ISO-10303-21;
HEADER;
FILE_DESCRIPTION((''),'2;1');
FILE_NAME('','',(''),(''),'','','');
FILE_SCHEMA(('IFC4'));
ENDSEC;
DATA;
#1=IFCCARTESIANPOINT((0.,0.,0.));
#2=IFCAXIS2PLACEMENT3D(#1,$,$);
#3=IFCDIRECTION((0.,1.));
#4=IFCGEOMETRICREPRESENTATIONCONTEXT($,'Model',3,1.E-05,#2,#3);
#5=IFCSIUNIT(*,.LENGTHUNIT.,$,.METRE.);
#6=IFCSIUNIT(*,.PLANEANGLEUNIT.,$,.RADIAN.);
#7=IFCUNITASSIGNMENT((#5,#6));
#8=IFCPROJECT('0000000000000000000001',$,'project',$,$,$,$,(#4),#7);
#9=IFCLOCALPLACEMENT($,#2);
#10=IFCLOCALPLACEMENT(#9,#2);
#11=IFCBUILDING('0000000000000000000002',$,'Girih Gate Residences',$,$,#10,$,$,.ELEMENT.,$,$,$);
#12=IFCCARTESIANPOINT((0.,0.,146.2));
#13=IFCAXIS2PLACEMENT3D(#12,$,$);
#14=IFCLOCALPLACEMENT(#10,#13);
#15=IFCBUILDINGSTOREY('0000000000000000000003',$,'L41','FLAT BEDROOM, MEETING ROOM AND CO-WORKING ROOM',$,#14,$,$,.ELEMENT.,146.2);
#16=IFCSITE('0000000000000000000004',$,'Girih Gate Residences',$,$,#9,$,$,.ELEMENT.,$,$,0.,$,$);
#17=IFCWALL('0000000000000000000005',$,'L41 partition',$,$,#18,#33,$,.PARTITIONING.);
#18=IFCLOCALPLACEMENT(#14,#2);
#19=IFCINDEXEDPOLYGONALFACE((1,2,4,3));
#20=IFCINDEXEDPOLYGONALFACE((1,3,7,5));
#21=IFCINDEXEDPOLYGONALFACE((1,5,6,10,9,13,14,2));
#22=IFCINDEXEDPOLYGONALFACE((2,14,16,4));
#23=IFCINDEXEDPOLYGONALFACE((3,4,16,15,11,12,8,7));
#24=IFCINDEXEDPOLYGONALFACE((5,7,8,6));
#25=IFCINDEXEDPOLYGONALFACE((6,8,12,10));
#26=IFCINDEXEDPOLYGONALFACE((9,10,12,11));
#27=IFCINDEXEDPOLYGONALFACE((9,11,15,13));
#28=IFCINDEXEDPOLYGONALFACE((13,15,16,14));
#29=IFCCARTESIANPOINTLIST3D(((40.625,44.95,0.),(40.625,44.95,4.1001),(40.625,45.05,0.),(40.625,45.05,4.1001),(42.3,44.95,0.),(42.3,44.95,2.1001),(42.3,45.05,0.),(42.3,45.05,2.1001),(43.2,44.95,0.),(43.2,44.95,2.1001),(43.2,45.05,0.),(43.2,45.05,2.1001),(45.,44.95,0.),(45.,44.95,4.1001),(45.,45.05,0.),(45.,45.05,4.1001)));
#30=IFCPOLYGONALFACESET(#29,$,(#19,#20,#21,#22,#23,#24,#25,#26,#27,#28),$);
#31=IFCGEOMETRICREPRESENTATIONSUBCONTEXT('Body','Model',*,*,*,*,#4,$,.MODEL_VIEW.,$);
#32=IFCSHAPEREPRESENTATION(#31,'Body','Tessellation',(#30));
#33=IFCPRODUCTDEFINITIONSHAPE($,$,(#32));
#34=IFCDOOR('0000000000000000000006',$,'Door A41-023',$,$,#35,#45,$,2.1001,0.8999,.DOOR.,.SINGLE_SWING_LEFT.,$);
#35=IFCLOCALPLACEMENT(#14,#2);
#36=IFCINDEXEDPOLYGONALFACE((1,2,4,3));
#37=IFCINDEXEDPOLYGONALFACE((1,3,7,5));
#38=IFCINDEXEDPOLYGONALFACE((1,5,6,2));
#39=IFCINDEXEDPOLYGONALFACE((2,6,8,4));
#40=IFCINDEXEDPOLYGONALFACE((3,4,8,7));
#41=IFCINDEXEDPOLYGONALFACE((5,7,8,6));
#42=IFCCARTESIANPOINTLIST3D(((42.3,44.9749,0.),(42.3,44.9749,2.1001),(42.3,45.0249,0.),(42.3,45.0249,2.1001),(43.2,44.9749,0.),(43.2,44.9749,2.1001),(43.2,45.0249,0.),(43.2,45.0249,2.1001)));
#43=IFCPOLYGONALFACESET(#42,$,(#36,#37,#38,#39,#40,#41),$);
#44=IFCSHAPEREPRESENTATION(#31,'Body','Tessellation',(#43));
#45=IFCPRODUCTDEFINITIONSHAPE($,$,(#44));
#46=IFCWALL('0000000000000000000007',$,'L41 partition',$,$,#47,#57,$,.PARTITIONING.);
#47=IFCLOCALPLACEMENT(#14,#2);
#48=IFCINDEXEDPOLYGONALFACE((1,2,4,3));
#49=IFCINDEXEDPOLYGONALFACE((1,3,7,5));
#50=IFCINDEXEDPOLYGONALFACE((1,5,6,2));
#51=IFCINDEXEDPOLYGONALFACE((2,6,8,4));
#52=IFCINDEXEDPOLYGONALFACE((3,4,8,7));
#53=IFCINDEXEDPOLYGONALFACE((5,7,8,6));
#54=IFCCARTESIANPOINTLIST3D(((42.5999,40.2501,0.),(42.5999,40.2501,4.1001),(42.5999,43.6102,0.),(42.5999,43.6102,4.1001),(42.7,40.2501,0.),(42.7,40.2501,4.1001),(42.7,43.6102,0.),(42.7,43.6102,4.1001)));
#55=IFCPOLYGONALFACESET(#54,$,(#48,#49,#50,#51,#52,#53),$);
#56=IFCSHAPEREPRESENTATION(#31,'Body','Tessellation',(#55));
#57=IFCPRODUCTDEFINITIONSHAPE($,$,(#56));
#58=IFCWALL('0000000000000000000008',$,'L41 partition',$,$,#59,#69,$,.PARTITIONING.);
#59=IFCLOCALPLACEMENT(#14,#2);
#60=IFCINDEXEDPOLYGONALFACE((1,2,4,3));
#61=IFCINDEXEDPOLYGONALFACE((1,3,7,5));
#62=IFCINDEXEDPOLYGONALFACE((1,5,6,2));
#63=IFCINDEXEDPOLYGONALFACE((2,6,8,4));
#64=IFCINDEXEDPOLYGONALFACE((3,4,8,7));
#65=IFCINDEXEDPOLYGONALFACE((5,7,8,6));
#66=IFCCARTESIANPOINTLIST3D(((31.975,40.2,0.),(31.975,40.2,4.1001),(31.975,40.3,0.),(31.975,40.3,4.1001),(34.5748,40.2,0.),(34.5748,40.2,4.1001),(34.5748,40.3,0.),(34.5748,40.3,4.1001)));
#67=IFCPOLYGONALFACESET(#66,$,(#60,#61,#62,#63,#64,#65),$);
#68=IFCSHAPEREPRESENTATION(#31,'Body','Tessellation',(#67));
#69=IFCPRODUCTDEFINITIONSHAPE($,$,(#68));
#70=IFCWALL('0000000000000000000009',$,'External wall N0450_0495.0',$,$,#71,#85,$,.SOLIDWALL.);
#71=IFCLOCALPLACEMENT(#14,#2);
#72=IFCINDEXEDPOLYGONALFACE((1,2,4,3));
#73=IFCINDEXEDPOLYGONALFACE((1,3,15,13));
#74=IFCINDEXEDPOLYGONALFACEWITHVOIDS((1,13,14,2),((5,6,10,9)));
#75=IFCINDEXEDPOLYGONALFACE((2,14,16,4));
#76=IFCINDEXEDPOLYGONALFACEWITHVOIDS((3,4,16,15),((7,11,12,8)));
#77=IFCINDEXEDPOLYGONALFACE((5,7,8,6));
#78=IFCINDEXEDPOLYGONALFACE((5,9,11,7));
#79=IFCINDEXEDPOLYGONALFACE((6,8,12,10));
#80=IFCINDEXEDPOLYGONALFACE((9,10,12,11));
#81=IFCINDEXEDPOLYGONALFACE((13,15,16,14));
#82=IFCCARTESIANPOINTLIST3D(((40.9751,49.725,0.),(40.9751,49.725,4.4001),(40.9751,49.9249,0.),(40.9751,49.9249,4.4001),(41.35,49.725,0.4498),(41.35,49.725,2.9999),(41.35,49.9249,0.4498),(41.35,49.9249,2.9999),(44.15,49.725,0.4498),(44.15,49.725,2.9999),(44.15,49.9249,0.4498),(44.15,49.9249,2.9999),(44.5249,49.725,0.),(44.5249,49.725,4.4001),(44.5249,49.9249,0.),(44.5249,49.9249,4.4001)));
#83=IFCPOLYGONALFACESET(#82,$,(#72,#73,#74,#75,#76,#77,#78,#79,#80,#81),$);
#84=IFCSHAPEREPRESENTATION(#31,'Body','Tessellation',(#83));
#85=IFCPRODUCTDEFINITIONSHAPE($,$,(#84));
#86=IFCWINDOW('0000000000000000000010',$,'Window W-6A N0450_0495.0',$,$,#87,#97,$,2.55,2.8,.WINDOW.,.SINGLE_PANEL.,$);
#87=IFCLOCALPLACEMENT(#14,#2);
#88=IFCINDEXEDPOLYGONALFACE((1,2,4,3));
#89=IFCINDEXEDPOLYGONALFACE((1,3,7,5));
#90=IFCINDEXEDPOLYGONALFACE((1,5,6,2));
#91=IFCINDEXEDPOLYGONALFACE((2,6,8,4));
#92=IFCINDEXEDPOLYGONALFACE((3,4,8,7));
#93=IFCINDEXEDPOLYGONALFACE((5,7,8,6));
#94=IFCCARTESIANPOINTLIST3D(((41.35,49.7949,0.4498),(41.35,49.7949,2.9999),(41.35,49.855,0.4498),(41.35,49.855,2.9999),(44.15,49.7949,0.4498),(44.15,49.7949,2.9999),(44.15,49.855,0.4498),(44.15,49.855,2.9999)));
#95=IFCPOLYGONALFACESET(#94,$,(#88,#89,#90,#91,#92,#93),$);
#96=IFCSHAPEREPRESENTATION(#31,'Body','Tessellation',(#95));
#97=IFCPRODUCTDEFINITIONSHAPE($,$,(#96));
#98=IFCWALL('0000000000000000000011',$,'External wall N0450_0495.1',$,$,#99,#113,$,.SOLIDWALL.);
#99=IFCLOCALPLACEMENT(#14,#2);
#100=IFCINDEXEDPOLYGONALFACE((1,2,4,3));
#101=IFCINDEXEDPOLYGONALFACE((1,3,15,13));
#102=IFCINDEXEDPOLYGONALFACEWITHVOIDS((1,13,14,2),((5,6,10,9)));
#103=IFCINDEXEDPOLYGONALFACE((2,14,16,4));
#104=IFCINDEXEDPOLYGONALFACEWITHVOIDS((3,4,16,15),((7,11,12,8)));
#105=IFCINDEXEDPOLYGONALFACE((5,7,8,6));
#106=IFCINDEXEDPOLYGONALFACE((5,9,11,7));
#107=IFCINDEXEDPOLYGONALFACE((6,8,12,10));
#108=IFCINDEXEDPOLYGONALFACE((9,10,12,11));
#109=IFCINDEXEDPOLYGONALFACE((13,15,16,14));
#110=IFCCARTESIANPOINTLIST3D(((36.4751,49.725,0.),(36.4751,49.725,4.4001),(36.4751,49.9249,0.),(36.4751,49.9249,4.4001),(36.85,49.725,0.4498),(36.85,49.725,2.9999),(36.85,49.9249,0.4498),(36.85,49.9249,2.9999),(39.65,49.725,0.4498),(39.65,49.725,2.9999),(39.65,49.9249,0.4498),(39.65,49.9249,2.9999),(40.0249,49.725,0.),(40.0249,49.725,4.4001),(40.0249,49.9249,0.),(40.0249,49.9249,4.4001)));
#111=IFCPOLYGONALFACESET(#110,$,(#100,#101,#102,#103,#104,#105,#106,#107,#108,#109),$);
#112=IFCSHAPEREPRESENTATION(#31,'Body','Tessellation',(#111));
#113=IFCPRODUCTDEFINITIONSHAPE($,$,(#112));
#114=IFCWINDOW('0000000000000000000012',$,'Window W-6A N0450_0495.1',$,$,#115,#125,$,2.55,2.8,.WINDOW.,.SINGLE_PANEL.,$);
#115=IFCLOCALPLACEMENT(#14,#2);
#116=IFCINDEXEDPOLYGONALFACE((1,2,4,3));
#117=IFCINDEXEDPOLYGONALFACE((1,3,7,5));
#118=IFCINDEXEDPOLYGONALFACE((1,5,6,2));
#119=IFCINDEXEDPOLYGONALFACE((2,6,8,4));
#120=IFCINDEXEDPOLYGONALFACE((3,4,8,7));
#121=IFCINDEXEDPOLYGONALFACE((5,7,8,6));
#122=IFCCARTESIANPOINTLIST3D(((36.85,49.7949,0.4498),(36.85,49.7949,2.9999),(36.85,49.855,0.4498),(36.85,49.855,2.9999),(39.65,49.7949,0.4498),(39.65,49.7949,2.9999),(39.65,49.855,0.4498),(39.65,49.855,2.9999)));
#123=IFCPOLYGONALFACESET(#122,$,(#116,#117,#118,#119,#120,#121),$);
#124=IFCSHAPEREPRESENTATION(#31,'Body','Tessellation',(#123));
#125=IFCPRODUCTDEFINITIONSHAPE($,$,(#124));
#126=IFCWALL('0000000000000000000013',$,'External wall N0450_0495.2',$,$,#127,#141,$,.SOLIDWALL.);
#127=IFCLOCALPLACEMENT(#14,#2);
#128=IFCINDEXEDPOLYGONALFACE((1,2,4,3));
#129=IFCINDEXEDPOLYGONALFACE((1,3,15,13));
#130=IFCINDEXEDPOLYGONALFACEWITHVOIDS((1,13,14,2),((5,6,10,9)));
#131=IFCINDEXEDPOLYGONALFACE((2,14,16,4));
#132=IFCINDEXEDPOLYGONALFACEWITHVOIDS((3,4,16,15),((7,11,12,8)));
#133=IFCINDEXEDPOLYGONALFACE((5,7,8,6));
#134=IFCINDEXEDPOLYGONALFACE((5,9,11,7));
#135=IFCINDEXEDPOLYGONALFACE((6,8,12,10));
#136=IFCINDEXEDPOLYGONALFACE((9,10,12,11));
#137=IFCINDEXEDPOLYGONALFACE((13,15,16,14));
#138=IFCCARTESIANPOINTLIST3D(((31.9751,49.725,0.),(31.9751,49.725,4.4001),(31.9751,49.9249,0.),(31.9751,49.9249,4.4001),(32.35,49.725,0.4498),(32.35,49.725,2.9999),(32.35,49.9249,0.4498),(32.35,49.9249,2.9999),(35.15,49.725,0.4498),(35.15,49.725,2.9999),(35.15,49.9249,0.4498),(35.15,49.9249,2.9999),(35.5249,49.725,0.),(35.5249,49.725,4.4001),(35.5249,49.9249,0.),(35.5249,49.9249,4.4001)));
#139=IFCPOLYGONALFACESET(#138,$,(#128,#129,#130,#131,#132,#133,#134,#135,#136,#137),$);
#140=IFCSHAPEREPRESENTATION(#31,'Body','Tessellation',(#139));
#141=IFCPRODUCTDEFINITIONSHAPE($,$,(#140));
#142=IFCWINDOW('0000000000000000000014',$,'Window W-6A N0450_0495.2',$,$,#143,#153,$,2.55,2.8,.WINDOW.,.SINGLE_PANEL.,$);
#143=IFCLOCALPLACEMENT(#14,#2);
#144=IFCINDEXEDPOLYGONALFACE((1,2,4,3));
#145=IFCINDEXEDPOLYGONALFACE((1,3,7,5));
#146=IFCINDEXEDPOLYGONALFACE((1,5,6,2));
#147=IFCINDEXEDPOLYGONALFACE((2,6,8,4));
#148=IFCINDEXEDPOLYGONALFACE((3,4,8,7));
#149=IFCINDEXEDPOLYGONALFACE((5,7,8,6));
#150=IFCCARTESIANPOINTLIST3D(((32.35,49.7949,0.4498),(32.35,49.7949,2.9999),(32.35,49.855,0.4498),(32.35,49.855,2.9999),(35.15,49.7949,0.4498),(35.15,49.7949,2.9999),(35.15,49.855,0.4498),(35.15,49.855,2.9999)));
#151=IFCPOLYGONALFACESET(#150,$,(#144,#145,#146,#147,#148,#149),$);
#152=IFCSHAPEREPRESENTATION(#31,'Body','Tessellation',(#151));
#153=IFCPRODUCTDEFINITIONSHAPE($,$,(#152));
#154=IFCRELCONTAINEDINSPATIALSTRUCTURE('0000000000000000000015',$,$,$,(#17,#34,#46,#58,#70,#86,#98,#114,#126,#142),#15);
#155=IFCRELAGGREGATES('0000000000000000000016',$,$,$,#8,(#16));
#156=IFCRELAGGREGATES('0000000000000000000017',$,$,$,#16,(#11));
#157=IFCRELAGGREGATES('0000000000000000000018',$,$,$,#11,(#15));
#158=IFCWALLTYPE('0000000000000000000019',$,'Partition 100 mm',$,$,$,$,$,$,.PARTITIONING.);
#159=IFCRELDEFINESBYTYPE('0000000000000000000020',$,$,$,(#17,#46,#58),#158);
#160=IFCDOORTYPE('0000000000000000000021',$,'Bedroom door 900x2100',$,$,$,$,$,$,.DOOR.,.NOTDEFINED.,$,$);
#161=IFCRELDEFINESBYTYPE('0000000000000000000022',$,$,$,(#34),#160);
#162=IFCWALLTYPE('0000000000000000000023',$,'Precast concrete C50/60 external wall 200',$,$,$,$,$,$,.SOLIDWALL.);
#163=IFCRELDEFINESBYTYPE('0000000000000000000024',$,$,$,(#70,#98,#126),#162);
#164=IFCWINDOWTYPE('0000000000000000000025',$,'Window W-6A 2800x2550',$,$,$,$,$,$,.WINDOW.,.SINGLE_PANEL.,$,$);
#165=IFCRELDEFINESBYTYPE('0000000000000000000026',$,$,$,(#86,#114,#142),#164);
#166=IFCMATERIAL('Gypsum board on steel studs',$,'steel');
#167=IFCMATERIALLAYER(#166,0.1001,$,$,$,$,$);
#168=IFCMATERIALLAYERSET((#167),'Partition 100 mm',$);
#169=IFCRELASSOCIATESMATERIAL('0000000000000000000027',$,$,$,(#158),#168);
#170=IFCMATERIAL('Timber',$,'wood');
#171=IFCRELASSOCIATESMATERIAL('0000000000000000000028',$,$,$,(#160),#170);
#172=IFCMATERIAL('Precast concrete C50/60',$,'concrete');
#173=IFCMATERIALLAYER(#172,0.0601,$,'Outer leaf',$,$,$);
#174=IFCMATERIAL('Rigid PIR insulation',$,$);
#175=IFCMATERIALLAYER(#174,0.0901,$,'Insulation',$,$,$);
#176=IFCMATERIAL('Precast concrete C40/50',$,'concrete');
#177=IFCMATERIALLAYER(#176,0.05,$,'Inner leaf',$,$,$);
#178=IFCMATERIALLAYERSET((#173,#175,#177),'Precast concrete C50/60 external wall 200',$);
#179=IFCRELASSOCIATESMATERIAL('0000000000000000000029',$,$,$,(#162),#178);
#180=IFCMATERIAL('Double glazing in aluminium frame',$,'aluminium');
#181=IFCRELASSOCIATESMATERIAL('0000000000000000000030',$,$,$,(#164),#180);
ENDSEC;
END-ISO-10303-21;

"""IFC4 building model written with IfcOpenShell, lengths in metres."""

from ifc_helpers import new_model, si_unit, direction, frame, frame_2d, origin, place, context, subcontext, project, spatial, rectangle, extrude, material, layer, layer_set, type_object, element, fill, save


model = new_model("IFC4")

# Units and contexts
model_context = context("Model", 3, precision=1e-05, world=origin(), true_north=direction((0.0, 1.0)))
body_context = subcontext(model_context, "Body", "Model", "MODEL_VIEW")
ifc_project = project(units=[si_unit("LENGTHUNIT", "METRE"), si_unit("PLANEANGLEUNIT", "RADIAN")], contexts=[model_context])

# Site, building, storey
site_placement = place(None, origin())
site = spatial("IfcSite", under=ifc_project, at=site_placement, Name="Girih Gate Residences", CompositionType="ELEMENT", RefElevation=0.0)
building_placement = place(site_placement, origin())
building = spatial("IfcBuilding", under=site, at=building_placement, Name="Girih Gate Residences", CompositionType="ELEMENT")
storey_placement = place(building_placement, frame((0.0, 0.0, 146.2)))
storey = spatial("IfcBuildingStorey", under=building, at=storey_placement, Name="L41", Description="FLAT BEDROOM, MEETING ROOM AND CO-WORKING ROOM", CompositionType="ELEMENT", Elevation=146.2)

# Shared definitions
ifc_material_1 = material(Name="Gypsum board on steel studs", Category="steel")

# Wall, opening, door
ifc_layer_1 = layer(ifc_material_1, 0.1001)
ifc_layer_set_1 = layer_set([ifc_layer_1], Name="Partition 100 mm")
wall_type_1 = type_object("IfcWallType", Name="Partition 100 mm", PredefinedType="PARTITIONING", material=ifc_layer_set_1)
wall_1_placement = place(storey_placement, frame((40.625, 45.0, 0.0), z_axis=(0.0, 0.0, 1.0), x_axis=(1.0, 0.0, 0.0)))
wall_1 = element("IfcWall", 1, at=wall_1_placement, inside=storey, type_object=wall_type_1, Name="L41 partition", PredefinedType="PARTITIONING", context=body_context, shape_type="SweptSolid", body=[
    extrude(rectangle(XDim=4.375, YDim=0.1001, at=frame_2d((2.1875, 0.0))), origin(), (0.0, 0.0, 1.0), 4.1001),
])
opening_1_placement = place(wall_1_placement, frame((1.675, 0.0, 0.0)))
opening_1 = element("IfcOpeningElement", 2, at=opening_1_placement, cuts=wall_1, PredefinedType="OPENING", context=body_context, shape_type="SweptSolid", body=[
    extrude(rectangle(XDim=0.8999, YDim=2.1001, at=frame_2d((0.45, 1.05))), frame((0.0, 0.0601, 0.0), z_axis=(0.0, -1.0, 0.0), x_axis=(1.0, 0.0, 0.0)), (0.0, 0.0, 1.0), 0.1201),
])
ifc_material_2 = material(Name="Timber", Category="wood")
door_type_1 = type_object("IfcDoorType", Name="Bedroom door 900x2100", OperationType="NOTDEFINED", PredefinedType="DOOR", material=ifc_material_2)
door_1_placement = place(opening_1_placement, origin())
door_1 = element("IfcDoor", 3, at=door_1_placement, inside=storey, type_object=door_type_1, Name="Door A41-023", OperationType="SINGLE_SWING_LEFT", OverallHeight=2.1001, OverallWidth=0.8999, PredefinedType="DOOR", context=body_context, shape_type="SweptSolid", body=[
    extrude(rectangle(XDim=0.8999, YDim=2.1001, at=frame_2d((0.45, 1.05))), frame((0.0, 0.0249, 0.0), z_axis=(0.0, -1.0, 0.0), x_axis=(1.0, 0.0, 0.0)), (0.0, 0.0, 1.0), 0.05),
])
fill(opening_1, door_1)

# Walls
wall_2_placement = place(storey_placement, frame((42.6499, 40.25, 0.0), z_axis=(0.0, 0.0, 1.0), x_axis=(0.0, 1.0, 0.0)))
element("IfcWall", 4, at=wall_2_placement, inside=storey, type_object=wall_type_1, Name="L41 partition", PredefinedType="PARTITIONING", context=body_context, shape_type="SweptSolid", body=[
    extrude(rectangle(XDim=3.3601, YDim=0.1001, at=frame_2d((1.6802, 0.0))), origin(), (0.0, 0.0, 1.0), 4.1001),
])
wall_3_placement = place(storey_placement, frame((31.9751, 40.25, 0.0), z_axis=(0.0, 0.0, 1.0), x_axis=(1.0, 0.0, 0.0)))
element("IfcWall", 5, at=wall_3_placement, inside=storey, type_object=wall_type_1, Name="L41 partition", PredefinedType="PARTITIONING", context=body_context, shape_type="SweptSolid", body=[
    extrude(rectangle(XDim=2.5999, YDim=0.1001, at=frame_2d((1.2998, 0.0))), origin(), (0.0, 0.0, 1.0), 4.1001),
])

# Walls, openings, windows
ifc_material_3 = material(Name="Precast concrete C50/60", Category="concrete")
ifc_layer_2 = layer(ifc_material_3, 0.0601, Name="Outer leaf")
ifc_material_4 = material(Name="Rigid PIR insulation")
ifc_layer_3 = layer(ifc_material_4, 0.0901, Name="Insulation")
ifc_material_5 = material(Name="Precast concrete C40/50", Category="concrete")
ifc_layer_4 = layer(ifc_material_5, 0.05, Name="Inner leaf")
ifc_layer_set_2 = layer_set([ifc_layer_2, ifc_layer_3, ifc_layer_4], Name="Precast concrete C50/60 external wall 200")
wall_type_2 = type_object("IfcWallType", Name="Precast concrete C50/60 external wall 200", PredefinedType="SOLIDWALL", material=ifc_layer_set_2)
wall_4_placement = place(storey_placement, frame((40.9751, 49.825, 0.0), z_axis=(0.0, 0.0, 1.0), x_axis=(1.0, 0.0, 0.0)))
wall_4 = element("IfcWall", 6, at=wall_4_placement, inside=storey, type_object=wall_type_2, Name="External wall N0450_0495.0", PredefinedType="SOLIDWALL", context=body_context, shape_type="SweptSolid", body=[
    extrude(rectangle(XDim=3.5498, YDim=0.2, at=frame_2d((1.7749, 0.0))), origin(), (0.0, 0.0, 1.0), 4.4001),
])
opening_2_placement = place(wall_4_placement, frame((0.375, 0.0, 0.45)))
opening_2 = element("IfcOpeningElement", 7, at=opening_2_placement, cuts=wall_4, PredefinedType="OPENING", context=body_context, shape_type="SweptSolid", body=[
    extrude(rectangle(XDim=2.8, YDim=2.55, at=frame_2d((1.3999, 1.2749))), frame((0.0, 0.1099, 0.0), z_axis=(0.0, -1.0, 0.0), x_axis=(1.0, 0.0, 0.0)), (0.0, 0.0, 1.0), 0.22),
])
ifc_material_6 = material(Name="Double glazing in aluminium frame", Category="aluminium")
window_type = type_object("IfcWindowType", Name="Window W-6A 2800x2550", PartitioningType="SINGLE_PANEL", PredefinedType="WINDOW", material=ifc_material_6)
window_1_placement = place(opening_2_placement, origin())
window_1 = element("IfcWindow", 8, at=window_1_placement, inside=storey, type_object=window_type, Name="Window W-6A N0450_0495.0", OverallHeight=2.55, OverallWidth=2.8, PartitioningType="SINGLE_PANEL", PredefinedType="WINDOW", context=body_context, shape_type="SweptSolid", body=[
    extrude(rectangle(XDim=2.8, YDim=2.55, at=frame_2d((1.3999, 1.2749))), frame((0.0, 0.03, 0.0), z_axis=(0.0, -1.0, 0.0), x_axis=(1.0, 0.0, 0.0)), (0.0, 0.0, 1.0), 0.0601),
])
fill(opening_2, window_1)
wall_5_placement = place(storey_placement, frame((36.4751, 49.825, 0.0), z_axis=(0.0, 0.0, 1.0), x_axis=(1.0, 0.0, 0.0)))
wall_5 = element("IfcWall", 9, at=wall_5_placement, inside=storey, type_object=wall_type_2, Name="External wall N0450_0495.1", PredefinedType="SOLIDWALL", context=body_context, shape_type="SweptSolid", body=[
    extrude(rectangle(XDim=3.5498, YDim=0.2, at=frame_2d((1.7749, 0.0))), origin(), (0.0, 0.0, 1.0), 4.4001),
])
opening_3_placement = place(wall_5_placement, frame((0.375, 0.0, 0.45)))
opening_3 = element("IfcOpeningElement", 10, at=opening_3_placement, cuts=wall_5, PredefinedType="OPENING", context=body_context, shape_type="SweptSolid", body=[
    extrude(rectangle(XDim=2.8, YDim=2.55, at=frame_2d((1.3999, 1.2749))), frame((0.0, 0.1099, 0.0), z_axis=(0.0, -1.0, 0.0), x_axis=(1.0, 0.0, 0.0)), (0.0, 0.0, 1.0), 0.22),
])
window_2_placement = place(opening_3_placement, origin())
window_2 = element("IfcWindow", 11, at=window_2_placement, inside=storey, type_object=window_type, Name="Window W-6A N0450_0495.1", OverallHeight=2.55, OverallWidth=2.8, PartitioningType="SINGLE_PANEL", PredefinedType="WINDOW", context=body_context, shape_type="SweptSolid", body=[
    extrude(rectangle(XDim=2.8, YDim=2.55, at=frame_2d((1.3999, 1.2749))), frame((0.0, 0.03, 0.0), z_axis=(0.0, -1.0, 0.0), x_axis=(1.0, 0.0, 0.0)), (0.0, 0.0, 1.0), 0.0601),
])
fill(opening_3, window_2)
wall_6_placement = place(storey_placement, frame((31.9751, 49.825, 0.0), z_axis=(0.0, 0.0, 1.0), x_axis=(1.0, 0.0, 0.0)))
wall_6 = element("IfcWall", 12, at=wall_6_placement, inside=storey, type_object=wall_type_2, Name="External wall N0450_0495.2", PredefinedType="SOLIDWALL", context=body_context, shape_type="SweptSolid", body=[
    extrude(rectangle(XDim=3.5498, YDim=0.2, at=frame_2d((1.7749, 0.0))), origin(), (0.0, 0.0, 1.0), 4.4001),
])
opening_4_placement = place(wall_6_placement, frame((0.375, 0.0, 0.45)))
opening_4 = element("IfcOpeningElement", 13, at=opening_4_placement, cuts=wall_6, PredefinedType="OPENING", context=body_context, shape_type="SweptSolid", body=[
    extrude(rectangle(XDim=2.8, YDim=2.55, at=frame_2d((1.3999, 1.2749))), frame((0.0, 0.1099, 0.0), z_axis=(0.0, -1.0, 0.0), x_axis=(1.0, 0.0, 0.0)), (0.0, 0.0, 1.0), 0.22),
])
window_3_placement = place(opening_4_placement, origin())
window_3 = element("IfcWindow", 14, at=window_3_placement, inside=storey, type_object=window_type, Name="Window W-6A N0450_0495.2", OverallHeight=2.55, OverallWidth=2.8, PartitioningType="SINGLE_PANEL", PredefinedType="WINDOW", context=body_context, shape_type="SweptSolid", body=[
    extrude(rectangle(XDim=2.8, YDim=2.55, at=frame_2d((1.3999, 1.2749))), frame((0.0, 0.03, 0.0), z_axis=(0.0, -1.0, 0.0), x_axis=(1.0, 0.0, 0.0)), (0.0, 0.0, 1.0), 0.0601),
])
fill(opening_4, window_3)

save(model, "model.ifc")
